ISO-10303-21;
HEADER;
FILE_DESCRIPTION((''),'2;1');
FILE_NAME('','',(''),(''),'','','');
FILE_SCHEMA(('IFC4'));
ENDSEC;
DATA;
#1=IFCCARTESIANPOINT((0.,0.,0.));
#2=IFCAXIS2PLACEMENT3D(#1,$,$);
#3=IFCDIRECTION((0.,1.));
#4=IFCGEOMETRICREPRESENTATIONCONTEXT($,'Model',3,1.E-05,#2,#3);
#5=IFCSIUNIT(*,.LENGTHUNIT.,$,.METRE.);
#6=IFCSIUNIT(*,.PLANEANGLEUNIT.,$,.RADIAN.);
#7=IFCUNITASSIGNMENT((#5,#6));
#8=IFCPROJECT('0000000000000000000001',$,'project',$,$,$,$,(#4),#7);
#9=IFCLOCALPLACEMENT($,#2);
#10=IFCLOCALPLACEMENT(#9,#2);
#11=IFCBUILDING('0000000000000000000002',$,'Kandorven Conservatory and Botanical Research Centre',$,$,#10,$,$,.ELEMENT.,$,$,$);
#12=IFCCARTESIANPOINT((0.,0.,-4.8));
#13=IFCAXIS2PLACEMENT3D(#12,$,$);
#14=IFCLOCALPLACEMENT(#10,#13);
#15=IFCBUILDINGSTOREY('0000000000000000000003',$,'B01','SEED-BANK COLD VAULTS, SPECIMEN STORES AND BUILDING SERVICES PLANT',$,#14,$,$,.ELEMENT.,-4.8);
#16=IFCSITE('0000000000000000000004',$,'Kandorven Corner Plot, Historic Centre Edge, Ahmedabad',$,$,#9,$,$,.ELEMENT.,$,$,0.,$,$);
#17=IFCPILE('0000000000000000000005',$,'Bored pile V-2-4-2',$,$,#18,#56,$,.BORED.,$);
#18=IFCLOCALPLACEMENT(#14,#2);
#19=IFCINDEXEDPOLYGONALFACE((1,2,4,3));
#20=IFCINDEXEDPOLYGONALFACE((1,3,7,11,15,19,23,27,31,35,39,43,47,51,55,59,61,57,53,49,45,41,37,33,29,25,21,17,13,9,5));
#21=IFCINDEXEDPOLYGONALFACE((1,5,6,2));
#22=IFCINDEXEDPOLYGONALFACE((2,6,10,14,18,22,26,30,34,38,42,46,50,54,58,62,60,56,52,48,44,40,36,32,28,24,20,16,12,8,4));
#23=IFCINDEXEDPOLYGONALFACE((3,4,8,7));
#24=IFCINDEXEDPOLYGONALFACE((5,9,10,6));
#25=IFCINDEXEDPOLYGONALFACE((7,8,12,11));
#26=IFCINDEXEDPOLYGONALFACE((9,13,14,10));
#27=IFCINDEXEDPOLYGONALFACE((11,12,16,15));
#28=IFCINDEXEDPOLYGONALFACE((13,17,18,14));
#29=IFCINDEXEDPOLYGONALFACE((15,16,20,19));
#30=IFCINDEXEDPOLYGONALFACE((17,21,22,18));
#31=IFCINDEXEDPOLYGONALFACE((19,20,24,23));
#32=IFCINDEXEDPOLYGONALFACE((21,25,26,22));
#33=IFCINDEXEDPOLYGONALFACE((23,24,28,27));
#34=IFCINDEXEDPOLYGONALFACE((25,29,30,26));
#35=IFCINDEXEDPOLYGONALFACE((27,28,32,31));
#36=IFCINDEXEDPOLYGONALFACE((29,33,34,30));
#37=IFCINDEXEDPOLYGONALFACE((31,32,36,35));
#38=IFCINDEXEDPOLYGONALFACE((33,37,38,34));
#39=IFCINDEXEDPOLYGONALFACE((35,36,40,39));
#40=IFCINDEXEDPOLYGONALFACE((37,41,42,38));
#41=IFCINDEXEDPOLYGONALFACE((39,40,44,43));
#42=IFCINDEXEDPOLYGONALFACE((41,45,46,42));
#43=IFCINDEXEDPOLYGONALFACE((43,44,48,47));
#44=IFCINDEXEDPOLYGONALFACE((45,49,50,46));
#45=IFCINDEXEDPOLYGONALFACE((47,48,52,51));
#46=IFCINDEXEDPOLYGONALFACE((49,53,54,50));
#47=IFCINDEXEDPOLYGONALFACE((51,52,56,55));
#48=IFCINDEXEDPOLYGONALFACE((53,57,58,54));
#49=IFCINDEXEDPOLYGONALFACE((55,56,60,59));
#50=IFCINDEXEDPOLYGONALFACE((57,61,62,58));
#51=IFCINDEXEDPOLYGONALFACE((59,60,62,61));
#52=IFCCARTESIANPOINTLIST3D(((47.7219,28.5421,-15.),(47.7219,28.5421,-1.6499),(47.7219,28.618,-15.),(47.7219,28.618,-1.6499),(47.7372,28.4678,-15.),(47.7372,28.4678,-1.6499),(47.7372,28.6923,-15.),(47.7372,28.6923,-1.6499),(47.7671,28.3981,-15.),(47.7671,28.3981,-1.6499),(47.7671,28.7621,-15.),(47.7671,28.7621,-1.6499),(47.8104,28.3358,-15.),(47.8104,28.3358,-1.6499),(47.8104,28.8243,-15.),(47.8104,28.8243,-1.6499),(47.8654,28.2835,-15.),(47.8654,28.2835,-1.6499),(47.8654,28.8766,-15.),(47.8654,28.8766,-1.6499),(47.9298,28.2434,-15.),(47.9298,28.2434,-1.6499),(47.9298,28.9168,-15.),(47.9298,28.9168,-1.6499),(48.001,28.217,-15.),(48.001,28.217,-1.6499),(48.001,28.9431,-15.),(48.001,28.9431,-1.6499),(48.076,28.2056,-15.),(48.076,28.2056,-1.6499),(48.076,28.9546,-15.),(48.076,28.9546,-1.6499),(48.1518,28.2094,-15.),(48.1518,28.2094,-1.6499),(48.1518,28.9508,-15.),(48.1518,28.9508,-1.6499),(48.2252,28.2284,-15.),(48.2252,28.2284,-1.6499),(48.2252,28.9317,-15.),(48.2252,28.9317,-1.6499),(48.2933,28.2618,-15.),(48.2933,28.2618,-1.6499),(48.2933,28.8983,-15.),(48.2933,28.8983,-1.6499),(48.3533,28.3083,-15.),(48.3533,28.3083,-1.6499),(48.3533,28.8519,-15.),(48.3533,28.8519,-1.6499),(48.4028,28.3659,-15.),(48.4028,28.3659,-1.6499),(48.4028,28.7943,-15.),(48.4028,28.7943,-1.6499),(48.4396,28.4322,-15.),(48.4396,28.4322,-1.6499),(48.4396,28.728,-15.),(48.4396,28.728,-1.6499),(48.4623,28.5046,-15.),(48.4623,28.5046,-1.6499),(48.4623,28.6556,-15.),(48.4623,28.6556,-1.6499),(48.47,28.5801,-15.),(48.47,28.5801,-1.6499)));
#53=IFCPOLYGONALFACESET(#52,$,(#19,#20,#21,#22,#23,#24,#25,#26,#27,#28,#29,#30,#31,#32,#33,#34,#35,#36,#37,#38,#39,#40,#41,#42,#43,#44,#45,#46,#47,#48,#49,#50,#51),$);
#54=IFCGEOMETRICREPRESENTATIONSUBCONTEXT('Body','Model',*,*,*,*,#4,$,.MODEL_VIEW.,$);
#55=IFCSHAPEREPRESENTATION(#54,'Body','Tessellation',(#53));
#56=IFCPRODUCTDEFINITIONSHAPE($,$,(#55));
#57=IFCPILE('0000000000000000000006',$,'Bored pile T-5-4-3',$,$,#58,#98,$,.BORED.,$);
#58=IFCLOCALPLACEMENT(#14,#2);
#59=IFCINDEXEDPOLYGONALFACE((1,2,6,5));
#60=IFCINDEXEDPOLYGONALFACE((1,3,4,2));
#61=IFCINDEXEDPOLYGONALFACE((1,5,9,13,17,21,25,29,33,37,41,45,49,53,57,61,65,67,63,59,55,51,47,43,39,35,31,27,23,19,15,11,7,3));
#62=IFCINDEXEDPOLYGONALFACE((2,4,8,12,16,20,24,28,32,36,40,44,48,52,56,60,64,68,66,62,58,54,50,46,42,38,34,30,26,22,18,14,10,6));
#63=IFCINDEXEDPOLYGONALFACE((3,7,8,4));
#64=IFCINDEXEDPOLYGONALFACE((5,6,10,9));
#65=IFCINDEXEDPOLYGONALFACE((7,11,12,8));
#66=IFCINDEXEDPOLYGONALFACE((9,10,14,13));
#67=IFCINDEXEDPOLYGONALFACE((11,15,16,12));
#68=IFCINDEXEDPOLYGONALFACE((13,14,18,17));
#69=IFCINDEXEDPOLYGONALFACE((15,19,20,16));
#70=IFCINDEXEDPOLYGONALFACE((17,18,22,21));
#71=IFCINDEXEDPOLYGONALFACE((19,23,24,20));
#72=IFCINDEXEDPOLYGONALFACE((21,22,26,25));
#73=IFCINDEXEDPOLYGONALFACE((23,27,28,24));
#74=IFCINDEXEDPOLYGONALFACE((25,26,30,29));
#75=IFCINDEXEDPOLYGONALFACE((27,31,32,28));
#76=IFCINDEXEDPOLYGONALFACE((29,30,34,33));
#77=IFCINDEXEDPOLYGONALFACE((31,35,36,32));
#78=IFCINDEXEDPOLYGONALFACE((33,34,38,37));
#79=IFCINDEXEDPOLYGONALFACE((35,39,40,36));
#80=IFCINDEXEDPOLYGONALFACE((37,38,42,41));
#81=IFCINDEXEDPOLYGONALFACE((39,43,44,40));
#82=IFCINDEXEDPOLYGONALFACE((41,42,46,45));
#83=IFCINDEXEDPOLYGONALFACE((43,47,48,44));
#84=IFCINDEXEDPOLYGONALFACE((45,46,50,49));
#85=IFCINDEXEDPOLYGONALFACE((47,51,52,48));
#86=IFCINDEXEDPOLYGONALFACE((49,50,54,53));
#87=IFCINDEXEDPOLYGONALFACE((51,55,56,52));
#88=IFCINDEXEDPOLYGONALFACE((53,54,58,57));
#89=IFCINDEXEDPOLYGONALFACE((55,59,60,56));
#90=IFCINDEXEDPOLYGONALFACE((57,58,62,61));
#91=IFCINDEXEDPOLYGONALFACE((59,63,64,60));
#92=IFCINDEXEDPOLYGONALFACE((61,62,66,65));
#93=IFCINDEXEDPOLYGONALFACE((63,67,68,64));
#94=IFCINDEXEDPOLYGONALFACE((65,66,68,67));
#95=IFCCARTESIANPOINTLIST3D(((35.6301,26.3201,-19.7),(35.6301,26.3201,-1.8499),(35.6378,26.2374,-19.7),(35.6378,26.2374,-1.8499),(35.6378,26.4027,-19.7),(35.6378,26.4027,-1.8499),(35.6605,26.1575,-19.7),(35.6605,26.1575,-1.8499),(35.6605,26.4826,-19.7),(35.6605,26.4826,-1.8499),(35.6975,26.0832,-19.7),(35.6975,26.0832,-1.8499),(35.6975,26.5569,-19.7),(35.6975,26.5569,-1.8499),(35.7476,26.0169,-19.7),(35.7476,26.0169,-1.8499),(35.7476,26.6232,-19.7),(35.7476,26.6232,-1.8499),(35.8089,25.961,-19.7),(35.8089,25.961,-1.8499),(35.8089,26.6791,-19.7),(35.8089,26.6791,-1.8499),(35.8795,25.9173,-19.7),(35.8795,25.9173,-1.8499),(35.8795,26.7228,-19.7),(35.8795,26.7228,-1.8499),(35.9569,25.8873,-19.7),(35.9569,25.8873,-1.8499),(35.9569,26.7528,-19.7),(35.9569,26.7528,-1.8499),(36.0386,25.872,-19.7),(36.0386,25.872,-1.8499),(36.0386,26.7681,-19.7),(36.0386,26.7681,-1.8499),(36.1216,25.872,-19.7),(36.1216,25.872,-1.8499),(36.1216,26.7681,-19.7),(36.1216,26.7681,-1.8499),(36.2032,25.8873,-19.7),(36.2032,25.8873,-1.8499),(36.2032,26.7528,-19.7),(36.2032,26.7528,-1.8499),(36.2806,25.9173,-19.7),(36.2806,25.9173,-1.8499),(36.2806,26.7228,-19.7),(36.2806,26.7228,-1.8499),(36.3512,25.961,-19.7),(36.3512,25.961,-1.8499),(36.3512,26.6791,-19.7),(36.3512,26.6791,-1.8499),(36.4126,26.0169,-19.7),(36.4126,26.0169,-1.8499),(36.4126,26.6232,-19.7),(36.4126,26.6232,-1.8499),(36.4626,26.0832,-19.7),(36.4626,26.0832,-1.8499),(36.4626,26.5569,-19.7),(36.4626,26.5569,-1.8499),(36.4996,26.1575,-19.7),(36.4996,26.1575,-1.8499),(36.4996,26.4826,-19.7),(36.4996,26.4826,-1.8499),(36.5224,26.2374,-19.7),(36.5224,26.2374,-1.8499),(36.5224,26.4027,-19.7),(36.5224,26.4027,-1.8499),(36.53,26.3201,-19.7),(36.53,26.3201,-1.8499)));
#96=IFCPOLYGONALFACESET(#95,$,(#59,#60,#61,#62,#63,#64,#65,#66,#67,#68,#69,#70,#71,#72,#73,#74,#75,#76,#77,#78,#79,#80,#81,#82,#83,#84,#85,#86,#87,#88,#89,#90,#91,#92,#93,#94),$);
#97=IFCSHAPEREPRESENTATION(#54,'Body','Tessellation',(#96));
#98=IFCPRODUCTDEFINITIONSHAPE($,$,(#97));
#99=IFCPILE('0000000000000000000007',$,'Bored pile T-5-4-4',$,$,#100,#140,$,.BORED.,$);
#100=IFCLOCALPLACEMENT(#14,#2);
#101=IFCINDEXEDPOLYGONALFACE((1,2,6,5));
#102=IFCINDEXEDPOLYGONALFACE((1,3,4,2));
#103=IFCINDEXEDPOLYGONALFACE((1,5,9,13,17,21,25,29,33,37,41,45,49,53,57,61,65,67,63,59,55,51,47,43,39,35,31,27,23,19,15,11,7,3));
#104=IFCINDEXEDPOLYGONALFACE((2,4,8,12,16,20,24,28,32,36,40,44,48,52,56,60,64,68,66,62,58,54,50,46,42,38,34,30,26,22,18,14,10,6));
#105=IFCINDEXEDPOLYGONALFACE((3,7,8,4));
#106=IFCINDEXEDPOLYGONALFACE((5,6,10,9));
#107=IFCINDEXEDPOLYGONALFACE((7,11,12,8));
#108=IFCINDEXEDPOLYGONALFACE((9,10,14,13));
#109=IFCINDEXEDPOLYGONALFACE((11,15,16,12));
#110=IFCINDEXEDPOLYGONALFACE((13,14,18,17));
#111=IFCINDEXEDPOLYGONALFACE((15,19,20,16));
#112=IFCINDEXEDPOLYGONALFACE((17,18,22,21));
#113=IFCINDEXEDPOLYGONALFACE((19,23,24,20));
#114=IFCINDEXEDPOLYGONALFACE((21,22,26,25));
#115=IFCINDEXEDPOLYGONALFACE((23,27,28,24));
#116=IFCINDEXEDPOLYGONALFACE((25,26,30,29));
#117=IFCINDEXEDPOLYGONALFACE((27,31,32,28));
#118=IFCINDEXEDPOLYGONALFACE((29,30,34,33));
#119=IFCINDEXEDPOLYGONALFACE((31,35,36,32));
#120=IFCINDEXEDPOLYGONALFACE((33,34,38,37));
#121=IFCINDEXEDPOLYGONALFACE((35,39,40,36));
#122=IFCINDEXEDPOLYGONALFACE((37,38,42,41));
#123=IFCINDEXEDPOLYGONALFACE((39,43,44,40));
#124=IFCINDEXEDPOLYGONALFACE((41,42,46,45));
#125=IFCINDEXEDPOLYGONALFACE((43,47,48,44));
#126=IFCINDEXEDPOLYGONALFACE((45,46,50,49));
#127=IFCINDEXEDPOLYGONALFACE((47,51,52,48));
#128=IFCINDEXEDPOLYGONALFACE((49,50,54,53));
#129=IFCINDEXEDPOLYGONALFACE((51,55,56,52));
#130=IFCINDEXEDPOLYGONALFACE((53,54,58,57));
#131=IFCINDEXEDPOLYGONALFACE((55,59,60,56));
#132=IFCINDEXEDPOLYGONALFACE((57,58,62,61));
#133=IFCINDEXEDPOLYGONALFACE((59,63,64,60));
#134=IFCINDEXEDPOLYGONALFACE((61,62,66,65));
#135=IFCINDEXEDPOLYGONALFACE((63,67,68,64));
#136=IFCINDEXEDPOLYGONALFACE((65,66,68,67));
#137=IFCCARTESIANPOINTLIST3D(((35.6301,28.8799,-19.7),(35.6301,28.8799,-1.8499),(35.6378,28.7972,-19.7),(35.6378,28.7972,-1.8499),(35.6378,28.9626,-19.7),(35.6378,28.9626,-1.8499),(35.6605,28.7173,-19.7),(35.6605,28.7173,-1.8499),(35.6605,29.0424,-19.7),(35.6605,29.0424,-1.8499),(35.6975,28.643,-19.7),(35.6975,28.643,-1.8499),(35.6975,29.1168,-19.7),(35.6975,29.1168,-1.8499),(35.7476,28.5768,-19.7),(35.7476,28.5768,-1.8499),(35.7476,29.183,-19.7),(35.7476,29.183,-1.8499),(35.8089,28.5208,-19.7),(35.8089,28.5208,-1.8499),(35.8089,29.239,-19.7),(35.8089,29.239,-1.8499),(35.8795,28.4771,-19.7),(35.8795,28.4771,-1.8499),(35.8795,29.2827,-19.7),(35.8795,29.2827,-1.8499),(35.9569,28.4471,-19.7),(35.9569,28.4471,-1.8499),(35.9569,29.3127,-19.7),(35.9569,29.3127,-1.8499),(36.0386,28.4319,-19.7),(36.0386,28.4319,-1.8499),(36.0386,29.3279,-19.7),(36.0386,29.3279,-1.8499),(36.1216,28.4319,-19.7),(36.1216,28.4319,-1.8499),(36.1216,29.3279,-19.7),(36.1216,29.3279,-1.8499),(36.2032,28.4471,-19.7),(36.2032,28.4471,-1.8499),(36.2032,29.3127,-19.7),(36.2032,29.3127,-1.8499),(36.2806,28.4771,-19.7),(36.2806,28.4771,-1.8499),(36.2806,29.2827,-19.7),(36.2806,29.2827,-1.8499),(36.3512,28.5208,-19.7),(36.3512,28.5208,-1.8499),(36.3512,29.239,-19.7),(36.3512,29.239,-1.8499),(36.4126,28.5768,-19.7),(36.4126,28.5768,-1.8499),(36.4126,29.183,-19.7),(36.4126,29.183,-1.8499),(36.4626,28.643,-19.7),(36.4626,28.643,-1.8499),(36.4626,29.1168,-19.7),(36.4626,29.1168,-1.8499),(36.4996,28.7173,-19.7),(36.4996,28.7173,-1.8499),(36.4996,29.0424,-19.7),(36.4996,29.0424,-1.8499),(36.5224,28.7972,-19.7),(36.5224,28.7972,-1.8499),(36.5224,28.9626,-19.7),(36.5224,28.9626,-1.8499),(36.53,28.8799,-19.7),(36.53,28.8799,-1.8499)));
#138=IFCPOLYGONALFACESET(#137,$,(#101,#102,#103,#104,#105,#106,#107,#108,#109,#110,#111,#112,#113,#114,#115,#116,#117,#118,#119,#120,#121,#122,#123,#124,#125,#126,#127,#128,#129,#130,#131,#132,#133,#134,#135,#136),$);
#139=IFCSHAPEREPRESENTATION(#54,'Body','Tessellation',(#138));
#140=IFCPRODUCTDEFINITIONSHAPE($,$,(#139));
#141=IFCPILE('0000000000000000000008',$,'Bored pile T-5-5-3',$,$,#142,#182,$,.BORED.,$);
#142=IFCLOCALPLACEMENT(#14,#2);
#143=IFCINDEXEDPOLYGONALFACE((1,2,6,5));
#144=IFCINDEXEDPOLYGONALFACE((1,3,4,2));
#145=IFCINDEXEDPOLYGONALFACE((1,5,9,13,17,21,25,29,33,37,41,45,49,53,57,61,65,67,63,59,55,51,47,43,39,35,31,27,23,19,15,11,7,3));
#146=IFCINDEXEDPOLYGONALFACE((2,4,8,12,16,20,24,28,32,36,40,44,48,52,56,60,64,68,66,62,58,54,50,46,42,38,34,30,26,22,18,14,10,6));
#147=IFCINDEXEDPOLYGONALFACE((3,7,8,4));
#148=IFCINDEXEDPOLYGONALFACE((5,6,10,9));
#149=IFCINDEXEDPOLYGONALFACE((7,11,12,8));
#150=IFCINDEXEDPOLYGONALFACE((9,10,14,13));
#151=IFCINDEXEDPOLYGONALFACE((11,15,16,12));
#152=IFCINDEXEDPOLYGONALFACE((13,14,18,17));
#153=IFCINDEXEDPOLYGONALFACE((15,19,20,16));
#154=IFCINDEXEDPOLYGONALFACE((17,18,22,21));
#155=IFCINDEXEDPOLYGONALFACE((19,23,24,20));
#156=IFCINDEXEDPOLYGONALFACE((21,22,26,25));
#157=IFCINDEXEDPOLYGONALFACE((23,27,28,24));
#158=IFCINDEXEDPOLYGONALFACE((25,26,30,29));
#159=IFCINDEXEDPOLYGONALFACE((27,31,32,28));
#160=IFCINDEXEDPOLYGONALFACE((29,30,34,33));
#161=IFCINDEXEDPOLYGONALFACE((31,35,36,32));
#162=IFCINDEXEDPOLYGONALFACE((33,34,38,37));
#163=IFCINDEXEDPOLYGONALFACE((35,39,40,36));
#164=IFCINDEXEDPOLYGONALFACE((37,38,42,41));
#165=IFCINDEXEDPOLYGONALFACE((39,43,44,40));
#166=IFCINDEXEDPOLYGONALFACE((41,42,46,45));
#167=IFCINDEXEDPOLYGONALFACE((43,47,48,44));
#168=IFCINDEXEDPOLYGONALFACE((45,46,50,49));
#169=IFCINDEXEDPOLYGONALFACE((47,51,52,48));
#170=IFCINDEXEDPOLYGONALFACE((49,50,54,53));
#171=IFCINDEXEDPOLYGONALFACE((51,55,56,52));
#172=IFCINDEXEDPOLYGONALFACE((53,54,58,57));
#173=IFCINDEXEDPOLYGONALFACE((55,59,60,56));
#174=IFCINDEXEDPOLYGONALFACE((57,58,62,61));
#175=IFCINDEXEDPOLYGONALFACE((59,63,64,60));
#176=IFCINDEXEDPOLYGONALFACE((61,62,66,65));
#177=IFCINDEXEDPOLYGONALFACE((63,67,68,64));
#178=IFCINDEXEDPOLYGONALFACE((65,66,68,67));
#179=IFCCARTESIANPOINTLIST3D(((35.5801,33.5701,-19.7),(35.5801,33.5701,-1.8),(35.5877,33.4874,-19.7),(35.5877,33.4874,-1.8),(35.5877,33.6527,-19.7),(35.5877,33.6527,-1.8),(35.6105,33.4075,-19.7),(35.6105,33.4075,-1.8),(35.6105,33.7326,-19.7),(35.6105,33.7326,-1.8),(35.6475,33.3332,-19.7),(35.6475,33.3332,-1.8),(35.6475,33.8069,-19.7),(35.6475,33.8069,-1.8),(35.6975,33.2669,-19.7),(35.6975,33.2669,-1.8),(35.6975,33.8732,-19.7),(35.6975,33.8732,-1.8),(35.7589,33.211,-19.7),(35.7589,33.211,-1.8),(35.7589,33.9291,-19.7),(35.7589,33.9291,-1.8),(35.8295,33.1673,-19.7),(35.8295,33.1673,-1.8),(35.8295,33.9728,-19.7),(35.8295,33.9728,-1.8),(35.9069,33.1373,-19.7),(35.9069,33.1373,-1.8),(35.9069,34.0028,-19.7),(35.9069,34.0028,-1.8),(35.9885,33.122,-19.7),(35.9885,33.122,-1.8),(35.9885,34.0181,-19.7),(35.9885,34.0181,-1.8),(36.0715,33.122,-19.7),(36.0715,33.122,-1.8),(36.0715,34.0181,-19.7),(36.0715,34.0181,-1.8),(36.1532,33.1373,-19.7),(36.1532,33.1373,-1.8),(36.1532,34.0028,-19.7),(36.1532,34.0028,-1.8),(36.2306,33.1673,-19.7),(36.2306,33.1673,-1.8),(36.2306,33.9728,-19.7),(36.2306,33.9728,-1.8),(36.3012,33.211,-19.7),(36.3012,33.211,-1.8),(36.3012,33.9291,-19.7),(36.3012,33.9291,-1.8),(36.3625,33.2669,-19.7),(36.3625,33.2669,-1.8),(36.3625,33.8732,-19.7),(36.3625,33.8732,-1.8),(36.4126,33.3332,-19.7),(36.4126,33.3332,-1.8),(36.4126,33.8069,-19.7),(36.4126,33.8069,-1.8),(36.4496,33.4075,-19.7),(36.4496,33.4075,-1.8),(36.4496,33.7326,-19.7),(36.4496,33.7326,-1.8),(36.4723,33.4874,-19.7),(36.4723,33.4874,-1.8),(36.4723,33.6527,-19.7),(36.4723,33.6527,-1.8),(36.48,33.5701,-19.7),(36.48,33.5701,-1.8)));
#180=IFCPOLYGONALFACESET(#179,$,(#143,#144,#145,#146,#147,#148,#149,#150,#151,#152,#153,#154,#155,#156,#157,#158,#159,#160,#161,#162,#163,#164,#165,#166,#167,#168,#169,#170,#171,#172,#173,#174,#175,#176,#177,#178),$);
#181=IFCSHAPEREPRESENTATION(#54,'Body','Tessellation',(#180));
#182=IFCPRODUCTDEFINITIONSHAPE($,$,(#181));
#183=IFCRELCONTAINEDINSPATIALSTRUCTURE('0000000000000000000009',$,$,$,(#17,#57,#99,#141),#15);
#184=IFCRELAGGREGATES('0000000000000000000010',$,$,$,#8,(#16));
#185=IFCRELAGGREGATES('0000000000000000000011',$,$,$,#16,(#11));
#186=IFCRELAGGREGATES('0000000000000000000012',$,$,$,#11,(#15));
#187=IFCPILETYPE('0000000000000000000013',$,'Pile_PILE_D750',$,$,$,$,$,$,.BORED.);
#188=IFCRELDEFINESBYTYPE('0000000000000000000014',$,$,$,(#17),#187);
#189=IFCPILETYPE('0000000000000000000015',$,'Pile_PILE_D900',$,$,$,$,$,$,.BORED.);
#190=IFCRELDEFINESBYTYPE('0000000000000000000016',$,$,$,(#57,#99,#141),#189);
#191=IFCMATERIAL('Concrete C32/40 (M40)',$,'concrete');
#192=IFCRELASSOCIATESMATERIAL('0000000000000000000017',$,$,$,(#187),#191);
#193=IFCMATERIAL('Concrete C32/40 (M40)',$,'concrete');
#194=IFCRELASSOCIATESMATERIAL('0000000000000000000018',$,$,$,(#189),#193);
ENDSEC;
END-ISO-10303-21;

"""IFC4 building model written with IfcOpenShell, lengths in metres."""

from ifc_helpers import new_model, si_unit, direction, frame, origin, origin_2d, place, context, subcontext, project, spatial, circle, extrude, material, material_profile, profile_set, type_object, element, save


model = new_model("IFC4")

# Units and contexts
model_context = context("Model", 3, precision=1e-05, world=origin(), true_north=direction((0.0, 1.0)))
body_context = subcontext(model_context, "Body", "Model", "MODEL_VIEW")
ifc_project = project(units=[si_unit("LENGTHUNIT", "METRE"), si_unit("PLANEANGLEUNIT", "RADIAN")], contexts=[model_context])

# Site, building, storey
site_placement = place(None, origin())
site = spatial("IfcSite", under=ifc_project, at=site_placement, Name="Kandorven Corner Plot, Historic Centre Edge, Ahmedabad", CompositionType="ELEMENT", RefElevation=0.0)
building_placement = place(site_placement, origin())
building = spatial("IfcBuilding", under=site, at=building_placement, Name="Kandorven Conservatory and Botanical Research Centre", CompositionType="ELEMENT")
storey_placement = place(building_placement, frame((0.0, 0.0, -4.8)))
storey = spatial("IfcBuildingStorey", under=building, at=storey_placement, Name="B01", Description="SEED-BANK COLD VAULTS, SPECIMEN STORES AND BUILDING SERVICES PLANT", CompositionType="ELEMENT", Elevation=-4.8)

# Piles
ifc_material_1 = material(Name="Concrete C32/40 (M40)", Category="concrete")
ifc_material_profile_1 = material_profile(ifc_material_1, circle(Radius=0.375, at=origin_2d()))
ifc_profile_set_1 = profile_set([ifc_material_profile_1], Name="Concrete C32/40 (M40)")
pile_type_1 = type_object("IfcPileType", Name="Pile_PILE_D750", PredefinedType="BORED", material=ifc_profile_set_1)
for number, where, z_axis, x_axis, name in (
    (1, (48.095, 28.5801, -1.6499), (0.0, 0.0, -1.0), (1.0, 0.0, 0.0), "Bored pile V-2-4-2"),
):
    element("IfcPile", number, at=place(storey_placement, frame(where, z_axis=z_axis, x_axis=x_axis)), inside=storey, type_object=pile_type_1, Name=name, PredefinedType="BORED", context=body_context, shape_type="SweptSolid", body=[
        extrude(circle(Radius=0.375, at=origin_2d()), origin(), (0.0, 0.0, 1.0), 13.3501),
    ])
ifc_material_2 = material(Name="Concrete C32/40 (M40)", Category="concrete")
ifc_material_profile_2 = material_profile(ifc_material_2, circle(Radius=0.45, at=origin_2d()))
ifc_profile_set_2 = profile_set([ifc_material_profile_2], Name="Concrete C32/40 (M40)")
pile_type_2 = type_object("IfcPileType", Name="Pile_PILE_D900", PredefinedType="BORED", material=ifc_profile_set_2)
for number, where, z_axis, x_axis, name in (
    (2, (36.0801, 26.3201, -1.8499), (0.0, 0.0, -1.0), (1.0, 0.0, 0.0), "Bored pile T-5-4-3"),
    (3, (36.0801, 28.8799, -1.8499), (0.0, 0.0, -1.0), (1.0, 0.0, 0.0), "Bored pile T-5-4-4"),
):
    element("IfcPile", number, at=place(storey_placement, frame(where, z_axis=z_axis, x_axis=x_axis)), inside=storey, type_object=pile_type_2, Name=name, PredefinedType="BORED", context=body_context, shape_type="SweptSolid", body=[
        extrude(circle(Radius=0.45, at=origin_2d()), origin(), (0.0, 0.0, 1.0), 17.8501),
    ])
for number, where, z_axis, x_axis, name in (
    (4, (36.03, 33.5701, -1.8), (0.0, 0.0, -1.0), (1.0, 0.0, 0.0), "Bored pile T-5-5-3"),
):
    element("IfcPile", number, at=place(storey_placement, frame(where, z_axis=z_axis, x_axis=x_axis)), inside=storey, type_object=pile_type_2, Name=name, PredefinedType="BORED", context=body_context, shape_type="SweptSolid", body=[
        extrude(circle(Radius=0.45, at=origin_2d()), origin(), (0.0, 0.0, 1.0), 17.8999),
    ])

save(model, "model.ifc")
